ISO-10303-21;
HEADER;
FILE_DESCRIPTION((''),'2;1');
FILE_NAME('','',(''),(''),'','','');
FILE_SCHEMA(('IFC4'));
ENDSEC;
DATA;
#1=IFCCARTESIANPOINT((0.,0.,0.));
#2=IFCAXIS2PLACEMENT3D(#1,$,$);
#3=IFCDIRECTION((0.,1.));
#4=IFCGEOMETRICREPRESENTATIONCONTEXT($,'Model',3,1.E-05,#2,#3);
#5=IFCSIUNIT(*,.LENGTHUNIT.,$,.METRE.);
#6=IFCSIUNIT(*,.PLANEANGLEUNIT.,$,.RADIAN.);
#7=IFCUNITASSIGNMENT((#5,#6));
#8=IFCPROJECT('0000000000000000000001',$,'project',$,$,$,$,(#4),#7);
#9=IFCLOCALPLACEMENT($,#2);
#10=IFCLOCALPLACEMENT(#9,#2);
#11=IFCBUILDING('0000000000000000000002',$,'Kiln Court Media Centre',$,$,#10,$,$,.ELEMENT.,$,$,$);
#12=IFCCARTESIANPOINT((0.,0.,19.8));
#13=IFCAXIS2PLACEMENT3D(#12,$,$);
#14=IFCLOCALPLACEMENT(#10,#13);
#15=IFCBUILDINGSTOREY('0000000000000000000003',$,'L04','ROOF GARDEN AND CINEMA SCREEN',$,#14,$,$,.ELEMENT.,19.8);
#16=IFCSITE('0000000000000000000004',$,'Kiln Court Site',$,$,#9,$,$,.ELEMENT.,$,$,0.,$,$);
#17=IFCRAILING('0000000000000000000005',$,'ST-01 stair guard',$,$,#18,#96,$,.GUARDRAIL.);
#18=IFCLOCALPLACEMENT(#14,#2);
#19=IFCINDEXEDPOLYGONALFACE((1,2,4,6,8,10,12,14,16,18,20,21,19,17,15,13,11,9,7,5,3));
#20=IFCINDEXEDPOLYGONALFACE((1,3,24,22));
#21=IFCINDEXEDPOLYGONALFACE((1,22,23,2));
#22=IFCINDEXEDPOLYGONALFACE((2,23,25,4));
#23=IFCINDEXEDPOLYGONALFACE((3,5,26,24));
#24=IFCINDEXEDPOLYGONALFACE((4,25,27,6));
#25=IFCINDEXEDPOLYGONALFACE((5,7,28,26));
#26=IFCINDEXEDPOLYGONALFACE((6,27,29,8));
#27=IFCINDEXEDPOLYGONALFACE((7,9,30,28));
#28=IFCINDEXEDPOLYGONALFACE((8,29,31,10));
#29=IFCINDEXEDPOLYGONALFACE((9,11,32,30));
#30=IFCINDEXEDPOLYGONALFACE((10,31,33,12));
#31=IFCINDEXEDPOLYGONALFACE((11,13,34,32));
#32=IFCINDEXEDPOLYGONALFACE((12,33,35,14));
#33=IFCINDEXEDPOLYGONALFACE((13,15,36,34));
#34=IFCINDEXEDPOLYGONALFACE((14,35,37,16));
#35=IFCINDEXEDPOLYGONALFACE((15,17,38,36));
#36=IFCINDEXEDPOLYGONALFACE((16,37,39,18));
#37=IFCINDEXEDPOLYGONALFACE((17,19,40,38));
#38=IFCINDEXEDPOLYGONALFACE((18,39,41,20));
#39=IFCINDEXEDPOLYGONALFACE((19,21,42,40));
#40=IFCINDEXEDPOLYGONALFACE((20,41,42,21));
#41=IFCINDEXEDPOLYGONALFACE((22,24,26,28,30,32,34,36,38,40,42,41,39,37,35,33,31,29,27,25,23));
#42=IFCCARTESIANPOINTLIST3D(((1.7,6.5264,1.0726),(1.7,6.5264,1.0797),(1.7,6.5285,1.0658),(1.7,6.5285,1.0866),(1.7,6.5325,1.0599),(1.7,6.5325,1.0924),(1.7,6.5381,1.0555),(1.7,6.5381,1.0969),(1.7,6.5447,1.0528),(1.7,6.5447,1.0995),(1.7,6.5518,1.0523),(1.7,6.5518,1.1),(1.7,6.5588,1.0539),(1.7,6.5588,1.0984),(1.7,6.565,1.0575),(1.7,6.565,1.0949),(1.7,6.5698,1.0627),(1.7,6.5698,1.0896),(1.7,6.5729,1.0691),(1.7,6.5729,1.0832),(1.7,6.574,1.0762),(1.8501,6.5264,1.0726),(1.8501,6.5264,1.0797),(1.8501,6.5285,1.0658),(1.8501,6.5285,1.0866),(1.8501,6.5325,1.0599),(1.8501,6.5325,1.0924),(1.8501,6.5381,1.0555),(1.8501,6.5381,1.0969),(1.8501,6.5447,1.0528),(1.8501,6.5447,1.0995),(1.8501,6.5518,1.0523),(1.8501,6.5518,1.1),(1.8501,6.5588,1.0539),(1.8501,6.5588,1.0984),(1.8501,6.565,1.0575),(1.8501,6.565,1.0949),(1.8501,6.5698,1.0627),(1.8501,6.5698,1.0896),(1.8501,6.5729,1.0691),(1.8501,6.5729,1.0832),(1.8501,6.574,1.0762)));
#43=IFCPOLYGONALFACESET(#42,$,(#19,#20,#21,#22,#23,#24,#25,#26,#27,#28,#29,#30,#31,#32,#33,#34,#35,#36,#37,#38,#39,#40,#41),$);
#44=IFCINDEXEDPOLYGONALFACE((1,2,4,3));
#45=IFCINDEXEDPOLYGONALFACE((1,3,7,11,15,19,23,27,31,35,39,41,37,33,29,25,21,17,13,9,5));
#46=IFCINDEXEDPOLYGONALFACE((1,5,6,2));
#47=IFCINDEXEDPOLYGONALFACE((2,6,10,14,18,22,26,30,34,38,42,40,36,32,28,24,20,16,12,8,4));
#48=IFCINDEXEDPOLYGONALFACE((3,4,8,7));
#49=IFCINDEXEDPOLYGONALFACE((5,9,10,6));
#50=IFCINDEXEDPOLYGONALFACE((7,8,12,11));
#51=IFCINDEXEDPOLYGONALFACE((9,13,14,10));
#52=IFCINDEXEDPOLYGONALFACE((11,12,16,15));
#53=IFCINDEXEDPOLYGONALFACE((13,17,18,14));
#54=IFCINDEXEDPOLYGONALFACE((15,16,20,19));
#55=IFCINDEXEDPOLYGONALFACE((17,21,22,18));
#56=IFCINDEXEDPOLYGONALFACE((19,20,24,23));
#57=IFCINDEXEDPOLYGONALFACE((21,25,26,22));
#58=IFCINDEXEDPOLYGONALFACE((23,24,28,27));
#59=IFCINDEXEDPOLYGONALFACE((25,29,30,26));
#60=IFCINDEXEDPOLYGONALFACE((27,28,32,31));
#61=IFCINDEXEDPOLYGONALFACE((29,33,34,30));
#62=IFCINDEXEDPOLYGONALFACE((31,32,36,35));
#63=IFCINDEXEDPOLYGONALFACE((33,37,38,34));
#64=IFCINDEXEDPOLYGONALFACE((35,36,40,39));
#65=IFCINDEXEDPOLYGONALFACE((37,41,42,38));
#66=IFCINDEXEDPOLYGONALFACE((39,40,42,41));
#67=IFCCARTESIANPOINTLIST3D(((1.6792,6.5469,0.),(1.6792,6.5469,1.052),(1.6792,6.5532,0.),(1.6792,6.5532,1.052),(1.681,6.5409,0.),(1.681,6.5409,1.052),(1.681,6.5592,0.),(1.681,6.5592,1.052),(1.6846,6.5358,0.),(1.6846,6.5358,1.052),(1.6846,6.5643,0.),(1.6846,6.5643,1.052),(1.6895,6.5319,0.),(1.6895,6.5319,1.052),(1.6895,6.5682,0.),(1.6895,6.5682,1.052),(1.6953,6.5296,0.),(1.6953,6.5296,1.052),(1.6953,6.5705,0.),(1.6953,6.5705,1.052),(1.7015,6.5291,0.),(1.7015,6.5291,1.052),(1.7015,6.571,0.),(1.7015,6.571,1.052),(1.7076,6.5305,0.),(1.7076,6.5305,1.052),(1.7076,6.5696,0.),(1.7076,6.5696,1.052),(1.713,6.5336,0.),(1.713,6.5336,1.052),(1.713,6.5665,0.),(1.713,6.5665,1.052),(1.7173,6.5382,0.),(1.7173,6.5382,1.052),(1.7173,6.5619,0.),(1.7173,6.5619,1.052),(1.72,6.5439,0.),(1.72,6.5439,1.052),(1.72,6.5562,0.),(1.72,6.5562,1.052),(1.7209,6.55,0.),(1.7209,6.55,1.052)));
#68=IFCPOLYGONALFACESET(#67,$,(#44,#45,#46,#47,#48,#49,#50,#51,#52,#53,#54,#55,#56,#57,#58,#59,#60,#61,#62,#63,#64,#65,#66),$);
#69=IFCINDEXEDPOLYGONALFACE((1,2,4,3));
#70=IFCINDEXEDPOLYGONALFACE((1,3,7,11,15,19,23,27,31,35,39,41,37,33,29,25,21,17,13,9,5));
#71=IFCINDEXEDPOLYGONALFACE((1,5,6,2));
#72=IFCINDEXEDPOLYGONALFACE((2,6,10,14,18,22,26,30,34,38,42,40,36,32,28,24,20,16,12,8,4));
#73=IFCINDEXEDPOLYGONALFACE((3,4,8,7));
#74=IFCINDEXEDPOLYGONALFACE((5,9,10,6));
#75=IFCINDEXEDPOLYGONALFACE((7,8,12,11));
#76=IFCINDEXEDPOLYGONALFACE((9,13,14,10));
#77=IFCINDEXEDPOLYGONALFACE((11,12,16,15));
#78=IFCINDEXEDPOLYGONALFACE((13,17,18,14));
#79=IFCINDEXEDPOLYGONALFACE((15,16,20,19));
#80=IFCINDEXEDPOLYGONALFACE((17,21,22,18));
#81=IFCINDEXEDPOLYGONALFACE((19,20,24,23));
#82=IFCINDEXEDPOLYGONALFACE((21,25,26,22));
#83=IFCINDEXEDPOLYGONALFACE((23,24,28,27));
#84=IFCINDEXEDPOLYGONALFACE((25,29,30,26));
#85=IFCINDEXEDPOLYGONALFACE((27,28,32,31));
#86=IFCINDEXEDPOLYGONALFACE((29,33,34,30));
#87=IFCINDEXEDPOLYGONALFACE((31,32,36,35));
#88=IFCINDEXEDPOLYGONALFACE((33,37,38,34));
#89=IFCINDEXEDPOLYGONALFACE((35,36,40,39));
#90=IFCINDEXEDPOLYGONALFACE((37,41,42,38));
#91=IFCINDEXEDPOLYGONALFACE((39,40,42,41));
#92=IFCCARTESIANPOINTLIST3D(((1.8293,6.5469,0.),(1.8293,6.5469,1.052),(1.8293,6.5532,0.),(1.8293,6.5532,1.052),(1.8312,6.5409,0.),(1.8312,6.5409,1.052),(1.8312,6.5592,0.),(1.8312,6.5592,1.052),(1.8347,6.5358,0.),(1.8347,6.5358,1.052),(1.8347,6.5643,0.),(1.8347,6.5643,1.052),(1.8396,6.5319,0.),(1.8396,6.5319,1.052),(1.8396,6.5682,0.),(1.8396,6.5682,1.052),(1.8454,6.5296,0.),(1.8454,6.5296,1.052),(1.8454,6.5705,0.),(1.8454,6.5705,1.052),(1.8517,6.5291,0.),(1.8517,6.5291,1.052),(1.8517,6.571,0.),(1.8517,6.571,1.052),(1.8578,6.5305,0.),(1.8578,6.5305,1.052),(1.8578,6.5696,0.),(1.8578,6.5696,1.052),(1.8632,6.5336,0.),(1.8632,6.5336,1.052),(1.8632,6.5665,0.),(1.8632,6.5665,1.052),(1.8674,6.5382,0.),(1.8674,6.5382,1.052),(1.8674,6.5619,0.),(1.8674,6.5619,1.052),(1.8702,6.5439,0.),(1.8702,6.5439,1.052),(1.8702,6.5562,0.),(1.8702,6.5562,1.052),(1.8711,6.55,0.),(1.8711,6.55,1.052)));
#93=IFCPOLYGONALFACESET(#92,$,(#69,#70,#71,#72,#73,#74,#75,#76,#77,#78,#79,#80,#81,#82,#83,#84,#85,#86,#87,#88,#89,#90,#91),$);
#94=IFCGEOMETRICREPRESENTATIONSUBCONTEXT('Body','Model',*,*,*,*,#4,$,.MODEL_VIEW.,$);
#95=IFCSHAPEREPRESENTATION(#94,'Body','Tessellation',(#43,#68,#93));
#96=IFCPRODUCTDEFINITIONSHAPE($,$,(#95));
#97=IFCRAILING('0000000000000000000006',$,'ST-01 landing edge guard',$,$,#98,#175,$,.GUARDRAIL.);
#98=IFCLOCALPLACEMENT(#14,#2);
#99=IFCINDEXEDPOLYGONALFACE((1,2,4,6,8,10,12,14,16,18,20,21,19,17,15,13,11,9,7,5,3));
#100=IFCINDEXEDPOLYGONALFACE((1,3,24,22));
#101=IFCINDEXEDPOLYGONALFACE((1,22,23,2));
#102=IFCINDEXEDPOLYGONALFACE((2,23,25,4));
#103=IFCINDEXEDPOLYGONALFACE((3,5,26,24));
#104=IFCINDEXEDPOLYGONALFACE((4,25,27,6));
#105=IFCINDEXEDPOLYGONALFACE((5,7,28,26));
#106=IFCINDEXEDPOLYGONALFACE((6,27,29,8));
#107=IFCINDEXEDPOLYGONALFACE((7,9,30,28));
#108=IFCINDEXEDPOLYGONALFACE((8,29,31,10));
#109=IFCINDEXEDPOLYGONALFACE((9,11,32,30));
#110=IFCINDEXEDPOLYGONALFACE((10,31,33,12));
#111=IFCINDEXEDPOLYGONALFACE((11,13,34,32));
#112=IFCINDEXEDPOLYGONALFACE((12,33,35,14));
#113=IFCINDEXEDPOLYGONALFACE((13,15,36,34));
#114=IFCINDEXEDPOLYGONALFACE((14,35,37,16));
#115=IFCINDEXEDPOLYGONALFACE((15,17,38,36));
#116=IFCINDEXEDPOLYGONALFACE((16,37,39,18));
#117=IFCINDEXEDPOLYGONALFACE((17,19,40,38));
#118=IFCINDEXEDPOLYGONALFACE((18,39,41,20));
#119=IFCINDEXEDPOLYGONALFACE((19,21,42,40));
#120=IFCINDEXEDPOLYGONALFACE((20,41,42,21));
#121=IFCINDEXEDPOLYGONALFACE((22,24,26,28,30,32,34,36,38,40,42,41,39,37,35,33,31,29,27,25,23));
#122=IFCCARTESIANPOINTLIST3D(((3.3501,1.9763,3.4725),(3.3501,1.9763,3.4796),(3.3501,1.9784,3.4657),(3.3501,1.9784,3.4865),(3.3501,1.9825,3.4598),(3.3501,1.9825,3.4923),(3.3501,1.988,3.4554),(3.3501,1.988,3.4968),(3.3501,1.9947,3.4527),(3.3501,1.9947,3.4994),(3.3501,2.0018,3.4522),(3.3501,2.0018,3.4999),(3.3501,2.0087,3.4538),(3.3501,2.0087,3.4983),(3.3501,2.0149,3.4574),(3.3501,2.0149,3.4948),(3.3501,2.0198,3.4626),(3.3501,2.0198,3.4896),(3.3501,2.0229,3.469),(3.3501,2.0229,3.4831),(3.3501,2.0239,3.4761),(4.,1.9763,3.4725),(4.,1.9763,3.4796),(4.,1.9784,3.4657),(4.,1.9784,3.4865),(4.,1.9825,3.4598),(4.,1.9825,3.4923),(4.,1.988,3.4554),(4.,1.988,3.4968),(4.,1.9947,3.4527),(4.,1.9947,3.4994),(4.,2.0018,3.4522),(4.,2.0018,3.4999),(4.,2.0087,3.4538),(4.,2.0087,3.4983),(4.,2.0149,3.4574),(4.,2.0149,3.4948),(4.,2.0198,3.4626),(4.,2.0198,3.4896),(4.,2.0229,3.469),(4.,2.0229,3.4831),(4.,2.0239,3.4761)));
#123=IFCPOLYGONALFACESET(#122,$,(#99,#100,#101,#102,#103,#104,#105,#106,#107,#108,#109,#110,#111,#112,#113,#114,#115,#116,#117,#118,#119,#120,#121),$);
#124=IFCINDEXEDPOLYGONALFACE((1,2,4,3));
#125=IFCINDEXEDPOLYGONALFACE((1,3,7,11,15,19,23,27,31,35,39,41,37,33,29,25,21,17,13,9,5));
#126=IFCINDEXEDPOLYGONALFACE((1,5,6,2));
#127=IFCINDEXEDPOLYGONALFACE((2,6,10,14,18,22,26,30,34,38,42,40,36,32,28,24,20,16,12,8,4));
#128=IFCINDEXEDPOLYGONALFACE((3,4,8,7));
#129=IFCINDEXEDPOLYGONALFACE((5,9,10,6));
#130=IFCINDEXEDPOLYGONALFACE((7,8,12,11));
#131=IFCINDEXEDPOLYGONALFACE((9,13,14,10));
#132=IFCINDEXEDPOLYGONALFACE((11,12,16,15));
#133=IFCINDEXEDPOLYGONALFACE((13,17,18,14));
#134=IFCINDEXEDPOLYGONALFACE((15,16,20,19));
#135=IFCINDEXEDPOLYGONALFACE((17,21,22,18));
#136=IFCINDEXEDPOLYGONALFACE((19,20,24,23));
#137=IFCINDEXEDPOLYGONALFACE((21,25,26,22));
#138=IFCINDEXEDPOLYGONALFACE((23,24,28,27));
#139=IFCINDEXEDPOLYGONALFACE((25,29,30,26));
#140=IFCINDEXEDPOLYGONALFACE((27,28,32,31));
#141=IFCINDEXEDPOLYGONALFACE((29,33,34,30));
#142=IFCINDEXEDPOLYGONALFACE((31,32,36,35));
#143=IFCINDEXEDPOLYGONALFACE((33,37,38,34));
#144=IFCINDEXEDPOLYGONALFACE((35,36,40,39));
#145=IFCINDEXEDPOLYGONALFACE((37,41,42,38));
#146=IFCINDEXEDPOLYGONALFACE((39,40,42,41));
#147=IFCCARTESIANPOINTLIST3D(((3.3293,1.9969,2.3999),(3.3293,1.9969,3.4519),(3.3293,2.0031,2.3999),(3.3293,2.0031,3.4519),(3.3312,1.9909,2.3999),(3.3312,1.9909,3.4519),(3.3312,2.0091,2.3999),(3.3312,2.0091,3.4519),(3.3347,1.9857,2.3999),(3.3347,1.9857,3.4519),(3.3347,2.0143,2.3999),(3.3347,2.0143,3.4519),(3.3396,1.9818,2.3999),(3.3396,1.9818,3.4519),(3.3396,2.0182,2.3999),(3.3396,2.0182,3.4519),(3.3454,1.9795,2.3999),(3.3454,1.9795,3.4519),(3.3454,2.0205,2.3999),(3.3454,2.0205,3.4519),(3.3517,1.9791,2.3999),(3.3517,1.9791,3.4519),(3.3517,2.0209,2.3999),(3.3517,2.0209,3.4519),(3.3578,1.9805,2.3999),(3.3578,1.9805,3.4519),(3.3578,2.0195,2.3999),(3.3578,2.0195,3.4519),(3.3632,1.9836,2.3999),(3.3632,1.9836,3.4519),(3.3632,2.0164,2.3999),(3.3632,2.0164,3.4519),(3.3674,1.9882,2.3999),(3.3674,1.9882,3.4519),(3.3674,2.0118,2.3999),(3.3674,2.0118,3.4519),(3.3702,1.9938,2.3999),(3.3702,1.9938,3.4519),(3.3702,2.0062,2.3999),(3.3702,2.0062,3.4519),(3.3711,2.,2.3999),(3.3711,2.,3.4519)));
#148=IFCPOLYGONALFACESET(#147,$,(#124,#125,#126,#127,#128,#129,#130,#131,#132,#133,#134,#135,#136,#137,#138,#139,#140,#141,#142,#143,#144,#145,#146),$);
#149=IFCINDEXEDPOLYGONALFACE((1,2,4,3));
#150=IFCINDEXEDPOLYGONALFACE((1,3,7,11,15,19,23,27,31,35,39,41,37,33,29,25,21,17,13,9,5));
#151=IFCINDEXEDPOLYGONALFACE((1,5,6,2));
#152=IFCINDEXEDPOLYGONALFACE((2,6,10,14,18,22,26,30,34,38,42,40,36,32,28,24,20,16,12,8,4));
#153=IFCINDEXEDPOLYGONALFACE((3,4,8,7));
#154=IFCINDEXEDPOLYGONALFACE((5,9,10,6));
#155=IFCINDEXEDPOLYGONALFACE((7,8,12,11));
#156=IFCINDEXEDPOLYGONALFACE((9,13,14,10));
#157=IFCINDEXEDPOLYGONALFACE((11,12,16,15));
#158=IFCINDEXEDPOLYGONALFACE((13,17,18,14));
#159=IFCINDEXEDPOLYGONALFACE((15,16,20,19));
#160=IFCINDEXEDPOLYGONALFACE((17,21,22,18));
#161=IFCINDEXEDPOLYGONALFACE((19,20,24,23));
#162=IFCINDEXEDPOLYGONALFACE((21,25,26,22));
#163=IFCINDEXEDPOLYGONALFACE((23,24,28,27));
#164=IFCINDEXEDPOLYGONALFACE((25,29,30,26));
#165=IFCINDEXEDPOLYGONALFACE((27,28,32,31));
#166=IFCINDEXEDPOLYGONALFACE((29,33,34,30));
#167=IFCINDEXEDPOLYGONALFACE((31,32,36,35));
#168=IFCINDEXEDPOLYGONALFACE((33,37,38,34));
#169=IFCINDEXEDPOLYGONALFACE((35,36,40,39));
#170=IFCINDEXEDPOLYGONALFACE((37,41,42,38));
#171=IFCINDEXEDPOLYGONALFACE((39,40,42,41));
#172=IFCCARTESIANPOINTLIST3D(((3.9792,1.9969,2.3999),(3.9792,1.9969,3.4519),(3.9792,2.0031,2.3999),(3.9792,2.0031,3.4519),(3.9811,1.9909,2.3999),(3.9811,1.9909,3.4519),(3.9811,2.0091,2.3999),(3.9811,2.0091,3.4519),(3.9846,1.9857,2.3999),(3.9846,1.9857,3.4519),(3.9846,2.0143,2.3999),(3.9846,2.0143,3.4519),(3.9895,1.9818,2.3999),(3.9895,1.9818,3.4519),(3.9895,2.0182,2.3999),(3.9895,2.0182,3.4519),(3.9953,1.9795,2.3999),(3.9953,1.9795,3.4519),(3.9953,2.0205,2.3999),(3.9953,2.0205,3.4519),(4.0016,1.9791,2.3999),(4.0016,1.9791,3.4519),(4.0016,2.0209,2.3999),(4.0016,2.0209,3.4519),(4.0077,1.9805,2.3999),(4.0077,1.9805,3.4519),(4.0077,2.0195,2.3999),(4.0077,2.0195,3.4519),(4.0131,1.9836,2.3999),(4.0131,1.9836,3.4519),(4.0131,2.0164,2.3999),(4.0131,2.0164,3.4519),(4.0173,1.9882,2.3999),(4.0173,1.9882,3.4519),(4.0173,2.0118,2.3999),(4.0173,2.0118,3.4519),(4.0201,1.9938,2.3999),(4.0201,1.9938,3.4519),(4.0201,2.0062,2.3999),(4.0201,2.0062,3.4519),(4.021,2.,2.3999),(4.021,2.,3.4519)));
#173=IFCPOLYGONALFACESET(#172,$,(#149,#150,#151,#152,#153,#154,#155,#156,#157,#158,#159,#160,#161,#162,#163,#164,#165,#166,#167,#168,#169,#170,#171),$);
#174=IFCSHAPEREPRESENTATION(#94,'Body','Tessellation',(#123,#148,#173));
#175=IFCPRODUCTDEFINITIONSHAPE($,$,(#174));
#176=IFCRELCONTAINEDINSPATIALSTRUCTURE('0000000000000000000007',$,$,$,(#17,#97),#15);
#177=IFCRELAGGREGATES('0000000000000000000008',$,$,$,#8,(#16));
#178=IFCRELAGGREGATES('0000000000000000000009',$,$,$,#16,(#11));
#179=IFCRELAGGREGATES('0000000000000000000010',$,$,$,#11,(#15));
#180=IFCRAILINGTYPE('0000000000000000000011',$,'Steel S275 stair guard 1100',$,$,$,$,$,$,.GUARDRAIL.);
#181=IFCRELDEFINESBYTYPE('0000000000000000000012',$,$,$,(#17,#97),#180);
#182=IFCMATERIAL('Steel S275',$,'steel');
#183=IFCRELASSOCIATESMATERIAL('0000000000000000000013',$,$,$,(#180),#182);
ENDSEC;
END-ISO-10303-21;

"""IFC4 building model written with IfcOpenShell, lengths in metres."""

from ifc_helpers import new_model, si_unit, direction, frame, origin, origin_2d, place, context, subcontext, project, spatial, circle, extrude, material, type_object, element, save


model = new_model("IFC4")

# Units and contexts
model_context = context("Model", 3, precision=1e-05, world=origin(), true_north=direction((0.0, 1.0)))
body_context = subcontext(model_context, "Body", "Model", "MODEL_VIEW")
ifc_project = project(units=[si_unit("LENGTHUNIT", "METRE"), si_unit("PLANEANGLEUNIT", "RADIAN")], contexts=[model_context])

# Site, building, storey
site_placement = place(None, origin())
site = spatial("IfcSite", under=ifc_project, at=site_placement, Name="Kiln Court Site", CompositionType="ELEMENT", RefElevation=0.0)
building_placement = place(site_placement, origin())
building = spatial("IfcBuilding", under=site, at=building_placement, Name="Kiln Court Media Centre", CompositionType="ELEMENT")
storey_placement = place(building_placement, frame((0.0, 0.0, 19.8)))
storey = spatial("IfcBuildingStorey", under=building, at=storey_placement, Name="L04", Description="ROOF GARDEN AND CINEMA SCREEN", CompositionType="ELEMENT", Elevation=19.8)

# Railings
ifc_material_1 = material(Name="Steel S275", Category="steel")
railing_type_1 = type_object("IfcRailingType", Name="Steel S275 stair guard 1100", PredefinedType="GUARDRAIL", material=ifc_material_1)
railing_1_placement = place(storey_placement, frame((1.7, 6.55, 0.0)))
element("IfcRailing", 1, at=railing_1_placement, inside=storey, type_object=railing_type_1, Name="ST-01 stair guard", PredefinedType="GUARDRAIL", context=body_context, shape_type="SweptSolid", body=[
    extrude(circle(Radius=0.0239, at=origin_2d()), frame((0.0, 0.0, 1.0762), z_axis=(1.0, 0.0, 0.0), x_axis=(0.0, 1.0, 0.0)), (0.0, 0.0, 1.0), 0.1501),
    extrude(circle(Radius=0.021, at=origin_2d()), origin(), (0.0, 0.0, 1.0), 1.052),
    extrude(circle(Radius=0.021, at=origin_2d()), frame((0.1501, 0.0, 0.0)), (0.0, 0.0, 1.0), 1.052),
])
for number, where, name in (
    (2, (3.3501, 2.0, 2.3999), "ST-01 landing edge guard"),
):
    element("IfcRailing", number, at=place(storey_placement, frame(where)), inside=storey, type_object=railing_type_1, Name=name, PredefinedType="GUARDRAIL", context=body_context, shape_type="SweptSolid", body=[
        extrude(circle(Radius=0.0239, at=origin_2d()), frame((0.0, 0.0, 1.0762), z_axis=(1.0, 0.0, 0.0), x_axis=(0.0, 1.0, 0.0)), (0.0, 0.0, 1.0), 0.6499),
        extrude(circle(Radius=0.021, at=origin_2d()), origin(), (0.0, 0.0, 1.0), 1.052),
        extrude(circle(Radius=0.021, at=origin_2d()), frame((0.6499, 0.0, 0.0)), (0.0, 0.0, 1.0), 1.052),
    ])

save(model, "model.ifc")
